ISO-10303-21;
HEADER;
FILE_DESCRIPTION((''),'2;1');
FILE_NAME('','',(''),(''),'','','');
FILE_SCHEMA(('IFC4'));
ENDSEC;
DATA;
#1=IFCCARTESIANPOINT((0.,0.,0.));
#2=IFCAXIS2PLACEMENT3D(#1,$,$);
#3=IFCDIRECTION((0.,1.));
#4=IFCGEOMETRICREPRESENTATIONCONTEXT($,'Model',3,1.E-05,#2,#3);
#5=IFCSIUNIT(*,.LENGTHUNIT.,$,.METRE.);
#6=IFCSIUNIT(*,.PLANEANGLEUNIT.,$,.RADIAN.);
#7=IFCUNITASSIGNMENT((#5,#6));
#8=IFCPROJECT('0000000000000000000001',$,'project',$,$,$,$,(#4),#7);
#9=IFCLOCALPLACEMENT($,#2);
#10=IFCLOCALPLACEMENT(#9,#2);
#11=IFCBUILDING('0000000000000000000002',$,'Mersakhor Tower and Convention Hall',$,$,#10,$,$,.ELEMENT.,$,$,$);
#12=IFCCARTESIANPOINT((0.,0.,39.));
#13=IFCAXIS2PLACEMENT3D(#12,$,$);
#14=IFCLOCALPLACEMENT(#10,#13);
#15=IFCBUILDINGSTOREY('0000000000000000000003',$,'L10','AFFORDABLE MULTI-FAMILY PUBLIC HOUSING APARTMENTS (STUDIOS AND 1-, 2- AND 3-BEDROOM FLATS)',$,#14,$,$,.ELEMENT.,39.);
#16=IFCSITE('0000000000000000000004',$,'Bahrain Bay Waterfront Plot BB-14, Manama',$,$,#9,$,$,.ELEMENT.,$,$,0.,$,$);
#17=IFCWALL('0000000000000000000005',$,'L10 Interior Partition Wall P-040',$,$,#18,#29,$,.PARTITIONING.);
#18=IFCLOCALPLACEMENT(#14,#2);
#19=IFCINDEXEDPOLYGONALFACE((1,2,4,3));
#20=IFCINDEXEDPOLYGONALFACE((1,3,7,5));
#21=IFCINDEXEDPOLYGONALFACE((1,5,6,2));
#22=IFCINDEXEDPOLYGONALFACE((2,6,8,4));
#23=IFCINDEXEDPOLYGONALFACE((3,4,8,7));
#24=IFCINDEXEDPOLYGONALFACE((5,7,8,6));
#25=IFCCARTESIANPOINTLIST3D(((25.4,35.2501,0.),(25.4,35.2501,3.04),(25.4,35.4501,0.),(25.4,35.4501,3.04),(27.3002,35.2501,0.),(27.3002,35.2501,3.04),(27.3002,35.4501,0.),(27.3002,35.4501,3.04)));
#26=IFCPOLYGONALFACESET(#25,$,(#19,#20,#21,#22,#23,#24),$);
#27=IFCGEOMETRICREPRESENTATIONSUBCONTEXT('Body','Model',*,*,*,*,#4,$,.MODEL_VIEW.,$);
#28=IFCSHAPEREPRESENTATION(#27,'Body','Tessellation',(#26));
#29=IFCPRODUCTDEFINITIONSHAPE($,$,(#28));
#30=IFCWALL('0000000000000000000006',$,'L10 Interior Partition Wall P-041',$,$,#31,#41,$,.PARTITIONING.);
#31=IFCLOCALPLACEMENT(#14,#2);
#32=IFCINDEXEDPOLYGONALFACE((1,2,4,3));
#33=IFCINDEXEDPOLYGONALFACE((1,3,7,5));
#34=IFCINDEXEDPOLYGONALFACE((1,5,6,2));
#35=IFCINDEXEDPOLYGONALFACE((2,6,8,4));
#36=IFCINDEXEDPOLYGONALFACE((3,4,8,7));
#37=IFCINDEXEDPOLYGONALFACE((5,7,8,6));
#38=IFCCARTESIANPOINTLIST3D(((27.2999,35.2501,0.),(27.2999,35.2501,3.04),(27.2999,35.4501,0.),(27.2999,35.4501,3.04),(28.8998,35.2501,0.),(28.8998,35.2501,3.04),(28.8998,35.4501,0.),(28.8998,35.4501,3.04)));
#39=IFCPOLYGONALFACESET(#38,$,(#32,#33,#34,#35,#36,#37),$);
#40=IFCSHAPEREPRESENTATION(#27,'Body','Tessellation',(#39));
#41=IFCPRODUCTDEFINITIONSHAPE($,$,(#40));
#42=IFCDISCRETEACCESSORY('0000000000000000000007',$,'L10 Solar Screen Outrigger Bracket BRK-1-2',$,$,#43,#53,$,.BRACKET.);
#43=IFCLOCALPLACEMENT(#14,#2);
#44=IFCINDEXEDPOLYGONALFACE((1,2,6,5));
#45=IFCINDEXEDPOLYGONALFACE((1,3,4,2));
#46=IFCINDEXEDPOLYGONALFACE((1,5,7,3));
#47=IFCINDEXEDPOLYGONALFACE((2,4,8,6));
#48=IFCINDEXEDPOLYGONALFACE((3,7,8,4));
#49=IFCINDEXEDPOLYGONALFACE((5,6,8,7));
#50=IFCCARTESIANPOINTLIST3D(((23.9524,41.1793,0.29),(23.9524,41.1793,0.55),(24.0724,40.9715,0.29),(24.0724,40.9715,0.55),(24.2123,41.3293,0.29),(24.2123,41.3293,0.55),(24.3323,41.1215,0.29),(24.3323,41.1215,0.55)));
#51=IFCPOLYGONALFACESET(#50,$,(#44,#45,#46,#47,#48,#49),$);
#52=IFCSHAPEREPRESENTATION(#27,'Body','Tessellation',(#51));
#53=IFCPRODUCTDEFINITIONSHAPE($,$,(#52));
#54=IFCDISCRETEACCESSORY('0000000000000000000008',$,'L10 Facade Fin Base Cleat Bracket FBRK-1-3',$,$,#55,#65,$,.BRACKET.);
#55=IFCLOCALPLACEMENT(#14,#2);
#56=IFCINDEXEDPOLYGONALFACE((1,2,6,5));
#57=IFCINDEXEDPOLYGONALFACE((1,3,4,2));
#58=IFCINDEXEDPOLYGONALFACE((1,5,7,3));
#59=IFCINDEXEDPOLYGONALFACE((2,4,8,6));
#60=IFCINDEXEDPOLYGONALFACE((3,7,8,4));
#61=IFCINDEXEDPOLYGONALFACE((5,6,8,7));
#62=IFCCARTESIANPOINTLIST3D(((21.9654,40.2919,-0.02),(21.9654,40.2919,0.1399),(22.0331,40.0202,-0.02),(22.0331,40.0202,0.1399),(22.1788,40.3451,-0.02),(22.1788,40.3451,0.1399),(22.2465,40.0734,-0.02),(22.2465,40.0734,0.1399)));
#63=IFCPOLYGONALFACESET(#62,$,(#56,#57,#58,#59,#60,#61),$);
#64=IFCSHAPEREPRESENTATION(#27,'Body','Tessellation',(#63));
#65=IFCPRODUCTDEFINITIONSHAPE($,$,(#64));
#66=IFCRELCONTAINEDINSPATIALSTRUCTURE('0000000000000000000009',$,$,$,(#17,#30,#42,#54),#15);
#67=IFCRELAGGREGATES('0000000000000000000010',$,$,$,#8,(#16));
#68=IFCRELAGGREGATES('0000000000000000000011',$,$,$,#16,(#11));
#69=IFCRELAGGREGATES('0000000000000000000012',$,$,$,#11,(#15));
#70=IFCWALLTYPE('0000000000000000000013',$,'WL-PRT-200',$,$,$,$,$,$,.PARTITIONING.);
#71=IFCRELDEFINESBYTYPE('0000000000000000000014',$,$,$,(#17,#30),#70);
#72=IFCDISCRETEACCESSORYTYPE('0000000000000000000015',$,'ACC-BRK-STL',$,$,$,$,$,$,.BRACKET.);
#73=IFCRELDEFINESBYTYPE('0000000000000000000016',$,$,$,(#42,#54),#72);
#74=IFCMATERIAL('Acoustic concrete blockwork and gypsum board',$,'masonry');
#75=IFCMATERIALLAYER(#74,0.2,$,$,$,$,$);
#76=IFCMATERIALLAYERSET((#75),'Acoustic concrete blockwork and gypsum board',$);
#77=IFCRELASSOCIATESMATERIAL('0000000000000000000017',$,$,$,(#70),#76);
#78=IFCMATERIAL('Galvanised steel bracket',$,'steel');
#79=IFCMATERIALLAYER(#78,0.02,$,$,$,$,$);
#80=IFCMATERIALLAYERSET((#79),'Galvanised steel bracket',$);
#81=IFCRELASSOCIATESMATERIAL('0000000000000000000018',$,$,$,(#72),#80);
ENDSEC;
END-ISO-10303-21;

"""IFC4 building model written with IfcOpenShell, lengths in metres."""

from ifc_helpers import new_model, si_unit, direction, frame, frame_2d, origin, origin_2d, place, context, subcontext, project, spatial, rectangle, extrude, material, layer, layer_set, type_object, element, save


model = new_model("IFC4")

# Units and contexts
model_context = context("Model", 3, precision=1e-05, world=origin(), true_north=direction((0.0, 1.0)))
body_context = subcontext(model_context, "Body", "Model", "MODEL_VIEW")
ifc_project = project(units=[si_unit("LENGTHUNIT", "METRE"), si_unit("PLANEANGLEUNIT", "RADIAN")], contexts=[model_context])

# Site, building, storey
site_placement = place(None, origin())
site = spatial("IfcSite", under=ifc_project, at=site_placement, Name="Bahrain Bay Waterfront Plot BB-14, Manama", CompositionType="ELEMENT", RefElevation=0.0)
building_placement = place(site_placement, origin())
building = spatial("IfcBuilding", under=site, at=building_placement, Name="Mersakhor Tower and Convention Hall", CompositionType="ELEMENT")
storey_placement = place(building_placement, frame((0.0, 0.0, 39.0)))
storey = spatial("IfcBuildingStorey", under=building, at=storey_placement, Name="L10", Description="AFFORDABLE MULTI-FAMILY PUBLIC HOUSING APARTMENTS (STUDIOS AND 1-, 2- AND 3-BEDROOM FLATS)", CompositionType="ELEMENT", Elevation=39.0)

# Shared definitions
ifc_material_1 = material(Name="Acoustic concrete blockwork and gypsum board", Category="masonry")
ifc_layer_1 = layer(ifc_material_1, 0.2)
ifc_layer_set_1 = layer_set([ifc_layer_1], Name="Acoustic concrete blockwork and gypsum board")
wall_type_1 = type_object("IfcWallType", Name="WL-PRT-200", PredefinedType="PARTITIONING", material=ifc_layer_set_1)

# Walls
wall_1_placement = place(storey_placement, frame((25.3999, 35.3501, 0.0), z_axis=(0.0, 0.0, 1.0), x_axis=(1.0, 0.0, 0.0)))
element("IfcWall", 1, at=wall_1_placement, inside=storey, type_object=wall_type_1, Name="L10 Interior Partition Wall P-040", PredefinedType="PARTITIONING", context=body_context, shape_type="SweptSolid", body=[
    extrude(rectangle(XDim=1.9001, YDim=0.2, at=frame_2d((0.9502, 0.0))), origin(), (0.0, 0.0, 1.0), 3.04),
])
wall_2_placement = place(storey_placement, frame((27.3, 35.3501, 0.0), z_axis=(0.0, 0.0, 1.0), x_axis=(1.0, 0.0, 0.0)))
element("IfcWall", 2, at=wall_2_placement, inside=storey, type_object=wall_type_1, Name="L10 Interior Partition Wall P-041", PredefinedType="PARTITIONING", context=body_context, shape_type="SweptSolid", body=[
    extrude(rectangle(XDim=1.5999, YDim=0.2, at=frame_2d((0.7998, 0.0))), origin(), (0.0, 0.0, 1.0), 3.04),
])

# Discrete accessories
ifc_material_2 = material(Name="Galvanised steel bracket", Category="steel")
ifc_layer_2 = layer(ifc_material_2, 0.02)
ifc_layer_set_2 = layer_set([ifc_layer_2], Name="Galvanised steel bracket")
discrete_accessory_type = type_object("IfcDiscreteAccessoryType", Name="ACC-BRK-STL", PredefinedType="BRACKET", material=ifc_layer_set_2)
discrete_accessory_1_placement = place(storey_placement, frame((24.1423, 41.1504, 0.29), z_axis=(0.0, 0.0, 1.0), x_axis=(0.866025, 0.5, 0.0)))
element("IfcDiscreteAccessory", 3, at=discrete_accessory_1_placement, inside=storey, type_object=discrete_accessory_type, Name="L10 Solar Screen Outrigger Bracket BRK-1-2", PredefinedType="BRACKET", context=body_context, shape_type="SweptSolid", body=[
    extrude(rectangle(XDim=0.3, YDim=0.24, at=origin_2d()), origin(), (0.0, 0.0, 1.0), 0.26),
])
discrete_accessory_2_placement = place(storey_placement, frame((22.106, 40.1826, -0.02), z_axis=(0.0, 0.0, 1.0), x_axis=(-0.241922, 0.970296, 0.0)))
element("IfcDiscreteAccessory", 4, at=discrete_accessory_2_placement, inside=storey, type_object=discrete_accessory_type, Name="L10 Facade Fin Base Cleat Bracket FBRK-1-3", PredefinedType="BRACKET", context=body_context, shape_type="SweptSolid", body=[
    extrude(rectangle(XDim=0.28, YDim=0.22, at=origin_2d()), origin(), (0.0, 0.0, 1.0), 0.1599),
])

save(model, "model.ifc")
